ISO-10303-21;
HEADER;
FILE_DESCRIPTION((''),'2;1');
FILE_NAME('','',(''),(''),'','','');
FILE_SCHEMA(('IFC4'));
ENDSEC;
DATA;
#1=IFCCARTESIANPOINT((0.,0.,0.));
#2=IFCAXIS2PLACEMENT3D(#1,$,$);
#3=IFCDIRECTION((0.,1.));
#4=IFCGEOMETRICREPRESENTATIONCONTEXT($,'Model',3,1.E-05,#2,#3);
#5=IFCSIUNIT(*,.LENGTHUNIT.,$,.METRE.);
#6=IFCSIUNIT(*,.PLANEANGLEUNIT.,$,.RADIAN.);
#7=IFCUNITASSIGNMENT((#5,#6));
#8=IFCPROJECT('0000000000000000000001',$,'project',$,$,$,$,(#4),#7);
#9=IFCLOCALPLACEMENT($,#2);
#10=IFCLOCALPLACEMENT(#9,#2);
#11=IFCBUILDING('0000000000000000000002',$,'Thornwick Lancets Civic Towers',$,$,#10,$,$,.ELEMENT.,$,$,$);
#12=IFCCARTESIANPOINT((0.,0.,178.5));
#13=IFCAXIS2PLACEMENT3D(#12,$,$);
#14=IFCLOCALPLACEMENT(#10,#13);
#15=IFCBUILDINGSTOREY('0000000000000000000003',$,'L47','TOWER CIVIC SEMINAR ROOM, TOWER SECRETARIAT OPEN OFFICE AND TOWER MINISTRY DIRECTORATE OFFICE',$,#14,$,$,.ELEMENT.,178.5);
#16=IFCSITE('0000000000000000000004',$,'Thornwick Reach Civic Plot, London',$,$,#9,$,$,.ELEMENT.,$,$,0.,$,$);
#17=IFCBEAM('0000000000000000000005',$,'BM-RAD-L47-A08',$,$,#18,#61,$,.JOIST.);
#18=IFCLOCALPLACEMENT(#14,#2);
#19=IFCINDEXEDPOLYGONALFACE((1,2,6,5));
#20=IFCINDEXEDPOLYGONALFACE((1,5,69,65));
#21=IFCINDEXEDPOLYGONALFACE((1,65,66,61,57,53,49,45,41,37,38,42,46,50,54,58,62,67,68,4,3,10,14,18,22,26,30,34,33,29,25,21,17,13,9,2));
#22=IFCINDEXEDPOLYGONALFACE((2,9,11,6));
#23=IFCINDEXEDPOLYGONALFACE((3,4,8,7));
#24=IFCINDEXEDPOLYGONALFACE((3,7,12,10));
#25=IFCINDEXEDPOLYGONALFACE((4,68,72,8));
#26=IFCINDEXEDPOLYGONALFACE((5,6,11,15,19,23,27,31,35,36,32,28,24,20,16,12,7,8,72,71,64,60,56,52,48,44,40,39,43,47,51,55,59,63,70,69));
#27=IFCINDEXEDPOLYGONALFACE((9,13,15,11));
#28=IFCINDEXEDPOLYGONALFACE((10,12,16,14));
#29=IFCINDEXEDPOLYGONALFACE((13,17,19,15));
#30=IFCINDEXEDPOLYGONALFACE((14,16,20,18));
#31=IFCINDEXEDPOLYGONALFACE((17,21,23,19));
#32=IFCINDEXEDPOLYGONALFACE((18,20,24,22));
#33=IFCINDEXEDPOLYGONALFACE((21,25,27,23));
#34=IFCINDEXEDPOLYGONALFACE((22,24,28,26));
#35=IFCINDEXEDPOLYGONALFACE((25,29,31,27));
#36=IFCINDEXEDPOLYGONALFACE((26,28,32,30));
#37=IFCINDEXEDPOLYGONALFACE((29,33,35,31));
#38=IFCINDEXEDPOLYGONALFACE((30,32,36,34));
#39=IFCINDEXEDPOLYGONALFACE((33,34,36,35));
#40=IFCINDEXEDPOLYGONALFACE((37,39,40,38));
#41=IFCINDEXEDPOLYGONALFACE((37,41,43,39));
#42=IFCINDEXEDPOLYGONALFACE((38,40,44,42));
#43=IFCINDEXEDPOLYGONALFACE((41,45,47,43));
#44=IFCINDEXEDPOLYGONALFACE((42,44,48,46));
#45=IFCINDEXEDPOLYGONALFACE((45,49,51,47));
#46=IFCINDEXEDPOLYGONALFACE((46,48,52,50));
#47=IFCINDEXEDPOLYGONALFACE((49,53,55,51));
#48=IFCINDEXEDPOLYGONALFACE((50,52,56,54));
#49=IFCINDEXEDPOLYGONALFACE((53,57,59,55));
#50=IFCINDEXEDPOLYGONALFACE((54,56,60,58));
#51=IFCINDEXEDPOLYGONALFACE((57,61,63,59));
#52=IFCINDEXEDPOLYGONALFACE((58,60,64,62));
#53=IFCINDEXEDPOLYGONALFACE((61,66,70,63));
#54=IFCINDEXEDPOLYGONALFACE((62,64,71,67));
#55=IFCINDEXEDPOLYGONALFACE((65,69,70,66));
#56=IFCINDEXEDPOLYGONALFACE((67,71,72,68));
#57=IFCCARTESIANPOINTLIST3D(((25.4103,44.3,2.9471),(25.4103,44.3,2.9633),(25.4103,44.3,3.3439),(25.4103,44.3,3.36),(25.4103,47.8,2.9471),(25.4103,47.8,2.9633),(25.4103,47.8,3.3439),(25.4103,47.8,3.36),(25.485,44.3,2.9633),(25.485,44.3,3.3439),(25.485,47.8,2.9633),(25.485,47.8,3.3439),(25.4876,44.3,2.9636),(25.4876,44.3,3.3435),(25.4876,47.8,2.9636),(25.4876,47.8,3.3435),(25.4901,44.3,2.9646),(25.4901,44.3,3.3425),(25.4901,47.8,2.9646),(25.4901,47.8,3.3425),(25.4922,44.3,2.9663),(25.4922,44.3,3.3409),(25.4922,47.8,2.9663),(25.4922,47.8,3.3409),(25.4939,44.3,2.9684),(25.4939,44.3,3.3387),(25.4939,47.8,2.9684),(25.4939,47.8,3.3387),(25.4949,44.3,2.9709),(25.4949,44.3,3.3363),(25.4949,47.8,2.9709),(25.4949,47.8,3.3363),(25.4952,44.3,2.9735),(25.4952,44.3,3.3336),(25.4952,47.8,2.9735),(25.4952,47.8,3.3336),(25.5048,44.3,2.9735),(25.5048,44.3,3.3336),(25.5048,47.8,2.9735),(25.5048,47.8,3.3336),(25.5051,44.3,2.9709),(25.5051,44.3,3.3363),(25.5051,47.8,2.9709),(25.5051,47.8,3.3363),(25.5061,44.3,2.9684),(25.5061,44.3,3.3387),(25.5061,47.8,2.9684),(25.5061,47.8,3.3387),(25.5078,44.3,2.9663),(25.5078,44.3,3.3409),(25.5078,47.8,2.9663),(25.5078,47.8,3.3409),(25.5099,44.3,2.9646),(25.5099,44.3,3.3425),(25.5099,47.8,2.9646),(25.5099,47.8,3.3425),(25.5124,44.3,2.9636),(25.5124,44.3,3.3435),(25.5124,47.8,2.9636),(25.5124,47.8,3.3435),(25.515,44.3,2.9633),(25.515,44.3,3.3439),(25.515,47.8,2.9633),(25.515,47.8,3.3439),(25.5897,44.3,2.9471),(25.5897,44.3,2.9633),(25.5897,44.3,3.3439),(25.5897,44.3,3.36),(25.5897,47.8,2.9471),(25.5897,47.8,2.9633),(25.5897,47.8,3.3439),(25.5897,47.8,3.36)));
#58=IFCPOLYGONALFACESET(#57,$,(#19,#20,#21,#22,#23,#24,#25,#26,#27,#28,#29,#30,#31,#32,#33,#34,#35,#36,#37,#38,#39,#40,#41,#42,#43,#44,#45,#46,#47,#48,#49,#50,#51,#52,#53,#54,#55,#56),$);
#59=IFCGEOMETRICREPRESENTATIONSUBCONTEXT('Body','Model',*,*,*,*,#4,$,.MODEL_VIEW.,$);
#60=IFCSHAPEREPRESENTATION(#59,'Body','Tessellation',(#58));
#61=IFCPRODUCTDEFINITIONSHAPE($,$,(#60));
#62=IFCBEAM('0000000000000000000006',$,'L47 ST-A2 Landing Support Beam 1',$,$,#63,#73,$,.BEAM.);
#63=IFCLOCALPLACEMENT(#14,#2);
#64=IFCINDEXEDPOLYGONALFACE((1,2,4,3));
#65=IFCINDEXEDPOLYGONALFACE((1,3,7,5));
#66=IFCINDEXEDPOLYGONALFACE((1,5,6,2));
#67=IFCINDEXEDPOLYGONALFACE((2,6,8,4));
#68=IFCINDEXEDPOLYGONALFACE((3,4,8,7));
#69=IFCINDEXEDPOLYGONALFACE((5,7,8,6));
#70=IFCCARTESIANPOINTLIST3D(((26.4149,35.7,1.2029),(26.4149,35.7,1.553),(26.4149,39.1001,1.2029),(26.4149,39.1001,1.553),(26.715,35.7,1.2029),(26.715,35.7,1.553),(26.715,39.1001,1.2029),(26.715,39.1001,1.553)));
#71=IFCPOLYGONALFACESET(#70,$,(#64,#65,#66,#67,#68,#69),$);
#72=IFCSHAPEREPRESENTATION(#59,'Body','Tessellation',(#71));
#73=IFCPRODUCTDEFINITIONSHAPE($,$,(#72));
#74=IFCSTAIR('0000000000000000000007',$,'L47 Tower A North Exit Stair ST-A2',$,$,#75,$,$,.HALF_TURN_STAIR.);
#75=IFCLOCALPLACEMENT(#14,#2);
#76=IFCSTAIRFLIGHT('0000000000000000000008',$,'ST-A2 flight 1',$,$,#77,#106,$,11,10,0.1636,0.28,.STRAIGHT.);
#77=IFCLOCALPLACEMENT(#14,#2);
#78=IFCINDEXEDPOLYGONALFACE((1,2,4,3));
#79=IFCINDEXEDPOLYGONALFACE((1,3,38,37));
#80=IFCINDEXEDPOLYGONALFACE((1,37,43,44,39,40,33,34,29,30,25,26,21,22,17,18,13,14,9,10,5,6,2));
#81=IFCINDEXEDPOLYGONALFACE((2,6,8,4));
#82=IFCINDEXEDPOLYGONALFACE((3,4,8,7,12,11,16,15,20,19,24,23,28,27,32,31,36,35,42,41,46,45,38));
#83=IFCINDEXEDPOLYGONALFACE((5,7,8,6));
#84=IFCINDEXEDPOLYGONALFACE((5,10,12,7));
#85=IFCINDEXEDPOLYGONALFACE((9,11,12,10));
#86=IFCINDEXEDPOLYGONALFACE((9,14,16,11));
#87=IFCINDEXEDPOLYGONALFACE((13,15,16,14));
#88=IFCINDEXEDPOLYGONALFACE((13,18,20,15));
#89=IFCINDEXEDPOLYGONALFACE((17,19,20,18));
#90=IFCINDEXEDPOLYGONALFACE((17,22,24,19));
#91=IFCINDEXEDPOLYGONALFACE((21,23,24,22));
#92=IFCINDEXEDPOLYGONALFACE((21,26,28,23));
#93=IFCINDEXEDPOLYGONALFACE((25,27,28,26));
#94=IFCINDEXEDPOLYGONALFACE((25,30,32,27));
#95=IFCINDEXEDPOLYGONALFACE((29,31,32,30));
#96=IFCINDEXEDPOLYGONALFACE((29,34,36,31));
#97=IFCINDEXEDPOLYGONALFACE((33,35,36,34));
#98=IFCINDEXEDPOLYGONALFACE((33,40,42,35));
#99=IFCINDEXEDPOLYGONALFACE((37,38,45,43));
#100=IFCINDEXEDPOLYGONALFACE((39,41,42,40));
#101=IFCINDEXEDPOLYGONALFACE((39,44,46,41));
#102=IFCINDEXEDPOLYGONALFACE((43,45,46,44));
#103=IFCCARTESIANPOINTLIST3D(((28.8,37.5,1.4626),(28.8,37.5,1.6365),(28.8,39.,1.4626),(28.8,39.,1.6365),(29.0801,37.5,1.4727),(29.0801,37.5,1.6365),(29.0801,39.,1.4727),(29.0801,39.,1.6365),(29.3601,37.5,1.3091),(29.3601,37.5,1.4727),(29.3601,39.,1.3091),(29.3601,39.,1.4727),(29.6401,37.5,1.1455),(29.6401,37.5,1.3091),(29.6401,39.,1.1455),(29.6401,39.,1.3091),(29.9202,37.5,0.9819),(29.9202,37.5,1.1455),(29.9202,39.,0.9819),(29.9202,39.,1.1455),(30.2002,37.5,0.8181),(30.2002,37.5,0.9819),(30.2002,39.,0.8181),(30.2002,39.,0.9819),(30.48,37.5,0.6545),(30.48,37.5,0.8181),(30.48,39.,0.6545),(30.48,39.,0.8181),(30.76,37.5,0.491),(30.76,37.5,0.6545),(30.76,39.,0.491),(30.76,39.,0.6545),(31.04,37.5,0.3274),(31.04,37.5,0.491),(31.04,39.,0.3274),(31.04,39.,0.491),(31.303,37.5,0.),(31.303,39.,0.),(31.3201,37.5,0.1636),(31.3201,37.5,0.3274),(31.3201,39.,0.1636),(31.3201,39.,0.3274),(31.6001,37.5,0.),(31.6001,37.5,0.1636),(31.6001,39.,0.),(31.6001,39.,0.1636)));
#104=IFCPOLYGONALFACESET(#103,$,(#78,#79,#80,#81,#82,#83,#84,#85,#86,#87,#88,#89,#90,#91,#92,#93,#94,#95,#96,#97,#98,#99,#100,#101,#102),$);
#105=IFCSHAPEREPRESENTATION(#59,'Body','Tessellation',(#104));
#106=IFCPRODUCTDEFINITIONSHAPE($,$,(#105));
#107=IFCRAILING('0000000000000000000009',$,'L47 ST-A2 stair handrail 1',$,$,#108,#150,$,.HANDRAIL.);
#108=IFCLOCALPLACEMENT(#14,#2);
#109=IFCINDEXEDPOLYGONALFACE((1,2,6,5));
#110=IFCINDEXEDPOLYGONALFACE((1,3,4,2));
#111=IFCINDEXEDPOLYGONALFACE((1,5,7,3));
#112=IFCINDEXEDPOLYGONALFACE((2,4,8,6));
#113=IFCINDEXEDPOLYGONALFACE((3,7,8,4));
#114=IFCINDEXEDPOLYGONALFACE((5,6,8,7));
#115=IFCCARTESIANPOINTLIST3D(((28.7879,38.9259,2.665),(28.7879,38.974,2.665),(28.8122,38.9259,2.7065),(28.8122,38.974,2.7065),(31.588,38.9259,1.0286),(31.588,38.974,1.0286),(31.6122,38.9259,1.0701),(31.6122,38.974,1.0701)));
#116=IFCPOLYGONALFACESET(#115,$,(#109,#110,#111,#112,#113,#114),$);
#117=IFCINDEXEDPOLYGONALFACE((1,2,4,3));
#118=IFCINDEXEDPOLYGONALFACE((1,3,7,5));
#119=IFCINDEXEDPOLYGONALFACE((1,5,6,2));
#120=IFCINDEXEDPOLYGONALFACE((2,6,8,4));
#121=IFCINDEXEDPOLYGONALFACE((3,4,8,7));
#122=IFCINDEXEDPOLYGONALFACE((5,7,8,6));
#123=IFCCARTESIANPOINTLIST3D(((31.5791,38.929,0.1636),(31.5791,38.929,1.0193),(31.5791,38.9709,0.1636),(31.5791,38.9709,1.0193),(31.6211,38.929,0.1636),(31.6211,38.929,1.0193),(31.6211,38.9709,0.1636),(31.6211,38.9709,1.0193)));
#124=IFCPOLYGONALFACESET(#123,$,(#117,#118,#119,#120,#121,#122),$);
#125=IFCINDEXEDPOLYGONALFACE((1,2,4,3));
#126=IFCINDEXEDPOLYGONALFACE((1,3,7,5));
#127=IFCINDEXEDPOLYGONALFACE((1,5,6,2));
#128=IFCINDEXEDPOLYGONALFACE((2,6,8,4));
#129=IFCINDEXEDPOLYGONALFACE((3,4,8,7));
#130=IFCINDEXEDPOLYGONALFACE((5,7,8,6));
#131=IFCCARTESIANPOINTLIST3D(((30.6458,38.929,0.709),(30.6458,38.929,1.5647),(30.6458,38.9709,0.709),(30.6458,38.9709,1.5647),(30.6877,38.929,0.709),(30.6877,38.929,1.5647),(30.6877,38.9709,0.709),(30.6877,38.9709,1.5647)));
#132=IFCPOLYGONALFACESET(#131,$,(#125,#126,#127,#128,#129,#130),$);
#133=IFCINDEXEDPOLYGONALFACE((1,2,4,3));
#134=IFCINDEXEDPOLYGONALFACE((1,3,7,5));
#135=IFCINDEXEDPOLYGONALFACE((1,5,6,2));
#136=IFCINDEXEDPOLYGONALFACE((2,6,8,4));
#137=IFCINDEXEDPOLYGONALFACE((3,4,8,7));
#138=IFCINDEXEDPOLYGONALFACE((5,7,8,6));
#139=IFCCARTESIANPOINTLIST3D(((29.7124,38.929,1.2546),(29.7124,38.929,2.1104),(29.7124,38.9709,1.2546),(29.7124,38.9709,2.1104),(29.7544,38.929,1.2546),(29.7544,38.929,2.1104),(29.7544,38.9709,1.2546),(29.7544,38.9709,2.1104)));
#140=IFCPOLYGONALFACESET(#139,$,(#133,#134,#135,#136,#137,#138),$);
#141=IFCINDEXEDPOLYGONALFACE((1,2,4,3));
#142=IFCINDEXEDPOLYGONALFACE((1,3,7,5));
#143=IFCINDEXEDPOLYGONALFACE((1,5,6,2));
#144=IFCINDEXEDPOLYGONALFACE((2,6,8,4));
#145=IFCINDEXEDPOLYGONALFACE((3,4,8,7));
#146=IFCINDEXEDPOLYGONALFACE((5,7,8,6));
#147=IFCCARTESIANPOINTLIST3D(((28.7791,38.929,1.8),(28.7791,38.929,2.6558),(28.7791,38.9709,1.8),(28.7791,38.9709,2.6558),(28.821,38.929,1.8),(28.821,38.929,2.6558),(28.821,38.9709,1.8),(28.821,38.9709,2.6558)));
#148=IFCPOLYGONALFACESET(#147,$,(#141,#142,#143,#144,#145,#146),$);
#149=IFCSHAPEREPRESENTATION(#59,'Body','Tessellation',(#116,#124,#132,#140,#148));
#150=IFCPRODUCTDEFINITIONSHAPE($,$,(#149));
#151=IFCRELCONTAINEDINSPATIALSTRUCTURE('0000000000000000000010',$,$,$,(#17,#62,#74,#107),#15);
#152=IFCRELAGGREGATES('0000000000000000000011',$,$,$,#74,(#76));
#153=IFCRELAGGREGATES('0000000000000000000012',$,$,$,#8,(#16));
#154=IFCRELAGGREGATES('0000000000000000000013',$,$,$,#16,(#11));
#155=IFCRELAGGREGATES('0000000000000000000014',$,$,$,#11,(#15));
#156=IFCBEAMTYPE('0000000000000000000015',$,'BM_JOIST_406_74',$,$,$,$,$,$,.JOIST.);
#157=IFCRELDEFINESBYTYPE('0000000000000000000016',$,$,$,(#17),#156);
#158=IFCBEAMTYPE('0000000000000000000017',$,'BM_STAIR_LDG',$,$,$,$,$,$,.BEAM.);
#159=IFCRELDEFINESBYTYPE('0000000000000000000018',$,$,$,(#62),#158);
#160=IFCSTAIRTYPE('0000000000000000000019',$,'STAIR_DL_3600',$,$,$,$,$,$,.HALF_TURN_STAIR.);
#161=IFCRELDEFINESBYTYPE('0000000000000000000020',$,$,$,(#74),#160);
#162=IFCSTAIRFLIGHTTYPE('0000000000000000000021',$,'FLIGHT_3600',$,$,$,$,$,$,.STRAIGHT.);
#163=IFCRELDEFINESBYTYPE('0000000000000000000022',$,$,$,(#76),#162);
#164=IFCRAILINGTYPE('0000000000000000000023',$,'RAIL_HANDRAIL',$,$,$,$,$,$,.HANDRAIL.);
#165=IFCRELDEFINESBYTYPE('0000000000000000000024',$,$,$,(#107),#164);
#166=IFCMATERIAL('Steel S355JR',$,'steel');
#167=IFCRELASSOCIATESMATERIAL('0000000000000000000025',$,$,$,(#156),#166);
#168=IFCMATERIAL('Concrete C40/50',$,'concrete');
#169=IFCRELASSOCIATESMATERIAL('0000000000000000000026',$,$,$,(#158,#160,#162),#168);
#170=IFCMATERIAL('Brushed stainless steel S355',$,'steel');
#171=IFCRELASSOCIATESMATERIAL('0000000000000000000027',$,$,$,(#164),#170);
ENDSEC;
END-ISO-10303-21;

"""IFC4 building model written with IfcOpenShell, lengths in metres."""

from ifc_helpers import new_model, si_unit, direction, frame, origin, origin_2d, place, context, subcontext, project, spatial, polyline, rectangle, i_section, outline, extrude, material, material_profile, profile_set, type_object, element, aggregate, save


model = new_model("IFC4")

# Units and contexts
model_context = context("Model", 3, precision=1e-05, world=origin(), true_north=direction((0.0, 1.0)))
body_context = subcontext(model_context, "Body", "Model", "MODEL_VIEW")
ifc_project = project(units=[si_unit("LENGTHUNIT", "METRE"), si_unit("PLANEANGLEUNIT", "RADIAN")], contexts=[model_context])

# Site, building, storey
site_placement = place(None, origin())
site = spatial("IfcSite", under=ifc_project, at=site_placement, Name="Thornwick Reach Civic Plot, London", CompositionType="ELEMENT", RefElevation=0.0)
building_placement = place(site_placement, origin())
building = spatial("IfcBuilding", under=site, at=building_placement, Name="Thornwick Lancets Civic Towers", CompositionType="ELEMENT")
storey_placement = place(building_placement, frame((0.0, 0.0, 178.5)))
storey = spatial("IfcBuildingStorey", under=building, at=storey_placement, Name="L47", Description="TOWER CIVIC SEMINAR ROOM, TOWER SECRETARIAT OPEN OFFICE AND TOWER MINISTRY DIRECTORATE OFFICE", CompositionType="ELEMENT", Elevation=178.5)

# Beams
ifc_material_1 = material(Name="Steel S355JR", Category="steel")
ifc_material_profile_1 = material_profile(ifc_material_1, i_section(OverallWidth=0.1794, OverallDepth=0.4128, WebThickness=0.0095, FlangeThickness=0.0161, FilletRadius=0.0103, at=origin_2d()), Name="UKB 406x178x74")
ifc_profile_set_1 = profile_set([ifc_material_profile_1], Name="Steel S355JR")
beam_type_1 = type_object("IfcBeamType", Name="BM_JOIST_406_74", PredefinedType="JOIST", material=ifc_profile_set_1)
beam_1_placement = place(storey_placement, frame((25.5, 44.3, 3.1536), z_axis=(0.0, 1.0, 0.0), x_axis=(-1.0, 0.0, 0.0)))
element("IfcBeam", 1, at=beam_1_placement, inside=storey, type_object=beam_type_1, Name="BM-RAD-L47-A08", PredefinedType="JOIST", context=body_context, shape_type="SweptSolid", body=[
    extrude(i_section(OverallWidth=0.1794, OverallDepth=0.4128, WebThickness=0.0095, FlangeThickness=0.0161, FilletRadius=0.0103, at=origin_2d()), origin(), (0.0, 0.0, 1.0), 3.5),
])
ifc_material_2 = material(Name="Concrete C40/50", Category="concrete")
ifc_material_profile_2 = material_profile(ifc_material_2, rectangle(XDim=0.3, YDim=0.3501, at=origin_2d()), Name="RC 300x350")
ifc_profile_set_2 = profile_set([ifc_material_profile_2], Name="Concrete C40/50")
beam_type_2 = type_object("IfcBeamType", Name="BM_STAIR_LDG", PredefinedType="BEAM", material=ifc_profile_set_2)
beam_2_placement = place(storey_placement, frame((26.5649, 39.1001, 1.3779), z_axis=(0.0, -1.0, 0.0), x_axis=(1.0, 0.0, 0.0)))
element("IfcBeam", 2, at=beam_2_placement, inside=storey, type_object=beam_type_2, Name="L47 ST-A2 Landing Support Beam 1", PredefinedType="BEAM", context=body_context, shape_type="SweptSolid", body=[
    extrude(rectangle(XDim=0.3, YDim=0.3501, at=origin_2d()), origin(), (0.0, 0.0, 1.0), 3.4001),
])

# Stair, stair flight
stair_type = type_object("IfcStairType", Name="STAIR_DL_3600", PredefinedType="HALF_TURN_STAIR", material=ifc_material_2)
stair_placement = place(storey_placement, origin())
stair = element("IfcStair", 3, at=stair_placement, inside=storey, type_object=stair_type, Name="L47 Tower A North Exit Stair ST-A2", PredefinedType="HALF_TURN_STAIR")
stair_flight_type = type_object("IfcStairFlightType", Name="FLIGHT_3600", PredefinedType="STRAIGHT", material=ifc_material_2)
stair_flight_placement = place(storey_placement, frame((31.6001, 38.25, 0.0), z_axis=(0.0, 0.0, 1.0), x_axis=(-1.0, 0.0, 0.0)))
stair_flight = element("IfcStairFlight", 4, at=stair_flight_placement, type_object=stair_flight_type, Name="ST-A2 flight 1", NumberOfRisers=11, NumberOfTreads=10, PredefinedType="STRAIGHT", RiserHeight=0.1636, TreadLength=0.28, context=body_context, shape_type="SweptSolid", body=[
    extrude(outline(polyline([(0.0, 0.0), (0.0, 0.1636), (0.28, 0.1636), (0.28, 0.3274), (0.5601, 0.3274), (0.5601, 0.491), (0.8401, 0.491), (0.8401, 0.6545), (1.1201, 0.6545), (1.1201, 0.8181), (1.3999, 0.8181), (1.3999, 0.9819), (1.6799, 0.9819), (1.6799, 1.1455), (1.96, 1.1455), (1.96, 1.3091), (2.24, 1.3091), (2.24, 1.4727), (2.52, 1.4727), (2.52, 1.6365), (2.8, 1.6365), (2.8, 1.8), (2.8, 1.4626), (0.2971, 0.0), (0.0, 0.0)])), frame((0.0, 0.75, 0.0), z_axis=(0.0, -1.0, 0.0), x_axis=(1.0, 0.0, 0.0)), (0.0, 0.0, 1.0), 1.5),
])
aggregate(stair, [stair_flight])

# Railing
ifc_material_3 = material(Name="Brushed stainless steel S355", Category="steel")
railing_type_1 = type_object("IfcRailingType", Name="RAIL_HANDRAIL", PredefinedType="HANDRAIL", material=ifc_material_3)
railing_1_placement = place(storey_placement, frame((31.6001, 38.95, 0.1636)))
element("IfcRailing", 5, at=railing_1_placement, inside=storey, type_object=railing_type_1, Name="L47 ST-A2 stair handrail 1", PredefinedType="HANDRAIL", context=body_context, shape_type="SweptSolid", body=[
    extrude(rectangle(XDim=0.0481, YDim=0.0481, at=origin_2d()), frame((0.0, 0.0, 0.8857), z_axis=(-0.863361, 0.0, 0.504587), x_axis=(0.0, -1.0, 0.0)), (0.0, 0.0, 1.0), 3.2432),
    extrude(rectangle(XDim=0.042, YDim=0.042, at=origin_2d()), origin(), (0.0, 0.0, 1.0), 0.8557),
    extrude(rectangle(XDim=0.042, YDim=0.042, at=origin_2d()), frame((-0.9333, 0.0, 0.5454)), (0.0, 0.0, 1.0), 0.8557),
    extrude(rectangle(XDim=0.042, YDim=0.042, at=origin_2d()), frame((-1.8667, 0.0, 1.0911)), (0.0, 0.0, 1.0), 0.8557),
    extrude(rectangle(XDim=0.042, YDim=0.042, at=origin_2d()), frame((-2.8, 0.0, 1.6365)), (0.0, 0.0, 1.0), 0.8557),
])

save(model, "model.ifc")
